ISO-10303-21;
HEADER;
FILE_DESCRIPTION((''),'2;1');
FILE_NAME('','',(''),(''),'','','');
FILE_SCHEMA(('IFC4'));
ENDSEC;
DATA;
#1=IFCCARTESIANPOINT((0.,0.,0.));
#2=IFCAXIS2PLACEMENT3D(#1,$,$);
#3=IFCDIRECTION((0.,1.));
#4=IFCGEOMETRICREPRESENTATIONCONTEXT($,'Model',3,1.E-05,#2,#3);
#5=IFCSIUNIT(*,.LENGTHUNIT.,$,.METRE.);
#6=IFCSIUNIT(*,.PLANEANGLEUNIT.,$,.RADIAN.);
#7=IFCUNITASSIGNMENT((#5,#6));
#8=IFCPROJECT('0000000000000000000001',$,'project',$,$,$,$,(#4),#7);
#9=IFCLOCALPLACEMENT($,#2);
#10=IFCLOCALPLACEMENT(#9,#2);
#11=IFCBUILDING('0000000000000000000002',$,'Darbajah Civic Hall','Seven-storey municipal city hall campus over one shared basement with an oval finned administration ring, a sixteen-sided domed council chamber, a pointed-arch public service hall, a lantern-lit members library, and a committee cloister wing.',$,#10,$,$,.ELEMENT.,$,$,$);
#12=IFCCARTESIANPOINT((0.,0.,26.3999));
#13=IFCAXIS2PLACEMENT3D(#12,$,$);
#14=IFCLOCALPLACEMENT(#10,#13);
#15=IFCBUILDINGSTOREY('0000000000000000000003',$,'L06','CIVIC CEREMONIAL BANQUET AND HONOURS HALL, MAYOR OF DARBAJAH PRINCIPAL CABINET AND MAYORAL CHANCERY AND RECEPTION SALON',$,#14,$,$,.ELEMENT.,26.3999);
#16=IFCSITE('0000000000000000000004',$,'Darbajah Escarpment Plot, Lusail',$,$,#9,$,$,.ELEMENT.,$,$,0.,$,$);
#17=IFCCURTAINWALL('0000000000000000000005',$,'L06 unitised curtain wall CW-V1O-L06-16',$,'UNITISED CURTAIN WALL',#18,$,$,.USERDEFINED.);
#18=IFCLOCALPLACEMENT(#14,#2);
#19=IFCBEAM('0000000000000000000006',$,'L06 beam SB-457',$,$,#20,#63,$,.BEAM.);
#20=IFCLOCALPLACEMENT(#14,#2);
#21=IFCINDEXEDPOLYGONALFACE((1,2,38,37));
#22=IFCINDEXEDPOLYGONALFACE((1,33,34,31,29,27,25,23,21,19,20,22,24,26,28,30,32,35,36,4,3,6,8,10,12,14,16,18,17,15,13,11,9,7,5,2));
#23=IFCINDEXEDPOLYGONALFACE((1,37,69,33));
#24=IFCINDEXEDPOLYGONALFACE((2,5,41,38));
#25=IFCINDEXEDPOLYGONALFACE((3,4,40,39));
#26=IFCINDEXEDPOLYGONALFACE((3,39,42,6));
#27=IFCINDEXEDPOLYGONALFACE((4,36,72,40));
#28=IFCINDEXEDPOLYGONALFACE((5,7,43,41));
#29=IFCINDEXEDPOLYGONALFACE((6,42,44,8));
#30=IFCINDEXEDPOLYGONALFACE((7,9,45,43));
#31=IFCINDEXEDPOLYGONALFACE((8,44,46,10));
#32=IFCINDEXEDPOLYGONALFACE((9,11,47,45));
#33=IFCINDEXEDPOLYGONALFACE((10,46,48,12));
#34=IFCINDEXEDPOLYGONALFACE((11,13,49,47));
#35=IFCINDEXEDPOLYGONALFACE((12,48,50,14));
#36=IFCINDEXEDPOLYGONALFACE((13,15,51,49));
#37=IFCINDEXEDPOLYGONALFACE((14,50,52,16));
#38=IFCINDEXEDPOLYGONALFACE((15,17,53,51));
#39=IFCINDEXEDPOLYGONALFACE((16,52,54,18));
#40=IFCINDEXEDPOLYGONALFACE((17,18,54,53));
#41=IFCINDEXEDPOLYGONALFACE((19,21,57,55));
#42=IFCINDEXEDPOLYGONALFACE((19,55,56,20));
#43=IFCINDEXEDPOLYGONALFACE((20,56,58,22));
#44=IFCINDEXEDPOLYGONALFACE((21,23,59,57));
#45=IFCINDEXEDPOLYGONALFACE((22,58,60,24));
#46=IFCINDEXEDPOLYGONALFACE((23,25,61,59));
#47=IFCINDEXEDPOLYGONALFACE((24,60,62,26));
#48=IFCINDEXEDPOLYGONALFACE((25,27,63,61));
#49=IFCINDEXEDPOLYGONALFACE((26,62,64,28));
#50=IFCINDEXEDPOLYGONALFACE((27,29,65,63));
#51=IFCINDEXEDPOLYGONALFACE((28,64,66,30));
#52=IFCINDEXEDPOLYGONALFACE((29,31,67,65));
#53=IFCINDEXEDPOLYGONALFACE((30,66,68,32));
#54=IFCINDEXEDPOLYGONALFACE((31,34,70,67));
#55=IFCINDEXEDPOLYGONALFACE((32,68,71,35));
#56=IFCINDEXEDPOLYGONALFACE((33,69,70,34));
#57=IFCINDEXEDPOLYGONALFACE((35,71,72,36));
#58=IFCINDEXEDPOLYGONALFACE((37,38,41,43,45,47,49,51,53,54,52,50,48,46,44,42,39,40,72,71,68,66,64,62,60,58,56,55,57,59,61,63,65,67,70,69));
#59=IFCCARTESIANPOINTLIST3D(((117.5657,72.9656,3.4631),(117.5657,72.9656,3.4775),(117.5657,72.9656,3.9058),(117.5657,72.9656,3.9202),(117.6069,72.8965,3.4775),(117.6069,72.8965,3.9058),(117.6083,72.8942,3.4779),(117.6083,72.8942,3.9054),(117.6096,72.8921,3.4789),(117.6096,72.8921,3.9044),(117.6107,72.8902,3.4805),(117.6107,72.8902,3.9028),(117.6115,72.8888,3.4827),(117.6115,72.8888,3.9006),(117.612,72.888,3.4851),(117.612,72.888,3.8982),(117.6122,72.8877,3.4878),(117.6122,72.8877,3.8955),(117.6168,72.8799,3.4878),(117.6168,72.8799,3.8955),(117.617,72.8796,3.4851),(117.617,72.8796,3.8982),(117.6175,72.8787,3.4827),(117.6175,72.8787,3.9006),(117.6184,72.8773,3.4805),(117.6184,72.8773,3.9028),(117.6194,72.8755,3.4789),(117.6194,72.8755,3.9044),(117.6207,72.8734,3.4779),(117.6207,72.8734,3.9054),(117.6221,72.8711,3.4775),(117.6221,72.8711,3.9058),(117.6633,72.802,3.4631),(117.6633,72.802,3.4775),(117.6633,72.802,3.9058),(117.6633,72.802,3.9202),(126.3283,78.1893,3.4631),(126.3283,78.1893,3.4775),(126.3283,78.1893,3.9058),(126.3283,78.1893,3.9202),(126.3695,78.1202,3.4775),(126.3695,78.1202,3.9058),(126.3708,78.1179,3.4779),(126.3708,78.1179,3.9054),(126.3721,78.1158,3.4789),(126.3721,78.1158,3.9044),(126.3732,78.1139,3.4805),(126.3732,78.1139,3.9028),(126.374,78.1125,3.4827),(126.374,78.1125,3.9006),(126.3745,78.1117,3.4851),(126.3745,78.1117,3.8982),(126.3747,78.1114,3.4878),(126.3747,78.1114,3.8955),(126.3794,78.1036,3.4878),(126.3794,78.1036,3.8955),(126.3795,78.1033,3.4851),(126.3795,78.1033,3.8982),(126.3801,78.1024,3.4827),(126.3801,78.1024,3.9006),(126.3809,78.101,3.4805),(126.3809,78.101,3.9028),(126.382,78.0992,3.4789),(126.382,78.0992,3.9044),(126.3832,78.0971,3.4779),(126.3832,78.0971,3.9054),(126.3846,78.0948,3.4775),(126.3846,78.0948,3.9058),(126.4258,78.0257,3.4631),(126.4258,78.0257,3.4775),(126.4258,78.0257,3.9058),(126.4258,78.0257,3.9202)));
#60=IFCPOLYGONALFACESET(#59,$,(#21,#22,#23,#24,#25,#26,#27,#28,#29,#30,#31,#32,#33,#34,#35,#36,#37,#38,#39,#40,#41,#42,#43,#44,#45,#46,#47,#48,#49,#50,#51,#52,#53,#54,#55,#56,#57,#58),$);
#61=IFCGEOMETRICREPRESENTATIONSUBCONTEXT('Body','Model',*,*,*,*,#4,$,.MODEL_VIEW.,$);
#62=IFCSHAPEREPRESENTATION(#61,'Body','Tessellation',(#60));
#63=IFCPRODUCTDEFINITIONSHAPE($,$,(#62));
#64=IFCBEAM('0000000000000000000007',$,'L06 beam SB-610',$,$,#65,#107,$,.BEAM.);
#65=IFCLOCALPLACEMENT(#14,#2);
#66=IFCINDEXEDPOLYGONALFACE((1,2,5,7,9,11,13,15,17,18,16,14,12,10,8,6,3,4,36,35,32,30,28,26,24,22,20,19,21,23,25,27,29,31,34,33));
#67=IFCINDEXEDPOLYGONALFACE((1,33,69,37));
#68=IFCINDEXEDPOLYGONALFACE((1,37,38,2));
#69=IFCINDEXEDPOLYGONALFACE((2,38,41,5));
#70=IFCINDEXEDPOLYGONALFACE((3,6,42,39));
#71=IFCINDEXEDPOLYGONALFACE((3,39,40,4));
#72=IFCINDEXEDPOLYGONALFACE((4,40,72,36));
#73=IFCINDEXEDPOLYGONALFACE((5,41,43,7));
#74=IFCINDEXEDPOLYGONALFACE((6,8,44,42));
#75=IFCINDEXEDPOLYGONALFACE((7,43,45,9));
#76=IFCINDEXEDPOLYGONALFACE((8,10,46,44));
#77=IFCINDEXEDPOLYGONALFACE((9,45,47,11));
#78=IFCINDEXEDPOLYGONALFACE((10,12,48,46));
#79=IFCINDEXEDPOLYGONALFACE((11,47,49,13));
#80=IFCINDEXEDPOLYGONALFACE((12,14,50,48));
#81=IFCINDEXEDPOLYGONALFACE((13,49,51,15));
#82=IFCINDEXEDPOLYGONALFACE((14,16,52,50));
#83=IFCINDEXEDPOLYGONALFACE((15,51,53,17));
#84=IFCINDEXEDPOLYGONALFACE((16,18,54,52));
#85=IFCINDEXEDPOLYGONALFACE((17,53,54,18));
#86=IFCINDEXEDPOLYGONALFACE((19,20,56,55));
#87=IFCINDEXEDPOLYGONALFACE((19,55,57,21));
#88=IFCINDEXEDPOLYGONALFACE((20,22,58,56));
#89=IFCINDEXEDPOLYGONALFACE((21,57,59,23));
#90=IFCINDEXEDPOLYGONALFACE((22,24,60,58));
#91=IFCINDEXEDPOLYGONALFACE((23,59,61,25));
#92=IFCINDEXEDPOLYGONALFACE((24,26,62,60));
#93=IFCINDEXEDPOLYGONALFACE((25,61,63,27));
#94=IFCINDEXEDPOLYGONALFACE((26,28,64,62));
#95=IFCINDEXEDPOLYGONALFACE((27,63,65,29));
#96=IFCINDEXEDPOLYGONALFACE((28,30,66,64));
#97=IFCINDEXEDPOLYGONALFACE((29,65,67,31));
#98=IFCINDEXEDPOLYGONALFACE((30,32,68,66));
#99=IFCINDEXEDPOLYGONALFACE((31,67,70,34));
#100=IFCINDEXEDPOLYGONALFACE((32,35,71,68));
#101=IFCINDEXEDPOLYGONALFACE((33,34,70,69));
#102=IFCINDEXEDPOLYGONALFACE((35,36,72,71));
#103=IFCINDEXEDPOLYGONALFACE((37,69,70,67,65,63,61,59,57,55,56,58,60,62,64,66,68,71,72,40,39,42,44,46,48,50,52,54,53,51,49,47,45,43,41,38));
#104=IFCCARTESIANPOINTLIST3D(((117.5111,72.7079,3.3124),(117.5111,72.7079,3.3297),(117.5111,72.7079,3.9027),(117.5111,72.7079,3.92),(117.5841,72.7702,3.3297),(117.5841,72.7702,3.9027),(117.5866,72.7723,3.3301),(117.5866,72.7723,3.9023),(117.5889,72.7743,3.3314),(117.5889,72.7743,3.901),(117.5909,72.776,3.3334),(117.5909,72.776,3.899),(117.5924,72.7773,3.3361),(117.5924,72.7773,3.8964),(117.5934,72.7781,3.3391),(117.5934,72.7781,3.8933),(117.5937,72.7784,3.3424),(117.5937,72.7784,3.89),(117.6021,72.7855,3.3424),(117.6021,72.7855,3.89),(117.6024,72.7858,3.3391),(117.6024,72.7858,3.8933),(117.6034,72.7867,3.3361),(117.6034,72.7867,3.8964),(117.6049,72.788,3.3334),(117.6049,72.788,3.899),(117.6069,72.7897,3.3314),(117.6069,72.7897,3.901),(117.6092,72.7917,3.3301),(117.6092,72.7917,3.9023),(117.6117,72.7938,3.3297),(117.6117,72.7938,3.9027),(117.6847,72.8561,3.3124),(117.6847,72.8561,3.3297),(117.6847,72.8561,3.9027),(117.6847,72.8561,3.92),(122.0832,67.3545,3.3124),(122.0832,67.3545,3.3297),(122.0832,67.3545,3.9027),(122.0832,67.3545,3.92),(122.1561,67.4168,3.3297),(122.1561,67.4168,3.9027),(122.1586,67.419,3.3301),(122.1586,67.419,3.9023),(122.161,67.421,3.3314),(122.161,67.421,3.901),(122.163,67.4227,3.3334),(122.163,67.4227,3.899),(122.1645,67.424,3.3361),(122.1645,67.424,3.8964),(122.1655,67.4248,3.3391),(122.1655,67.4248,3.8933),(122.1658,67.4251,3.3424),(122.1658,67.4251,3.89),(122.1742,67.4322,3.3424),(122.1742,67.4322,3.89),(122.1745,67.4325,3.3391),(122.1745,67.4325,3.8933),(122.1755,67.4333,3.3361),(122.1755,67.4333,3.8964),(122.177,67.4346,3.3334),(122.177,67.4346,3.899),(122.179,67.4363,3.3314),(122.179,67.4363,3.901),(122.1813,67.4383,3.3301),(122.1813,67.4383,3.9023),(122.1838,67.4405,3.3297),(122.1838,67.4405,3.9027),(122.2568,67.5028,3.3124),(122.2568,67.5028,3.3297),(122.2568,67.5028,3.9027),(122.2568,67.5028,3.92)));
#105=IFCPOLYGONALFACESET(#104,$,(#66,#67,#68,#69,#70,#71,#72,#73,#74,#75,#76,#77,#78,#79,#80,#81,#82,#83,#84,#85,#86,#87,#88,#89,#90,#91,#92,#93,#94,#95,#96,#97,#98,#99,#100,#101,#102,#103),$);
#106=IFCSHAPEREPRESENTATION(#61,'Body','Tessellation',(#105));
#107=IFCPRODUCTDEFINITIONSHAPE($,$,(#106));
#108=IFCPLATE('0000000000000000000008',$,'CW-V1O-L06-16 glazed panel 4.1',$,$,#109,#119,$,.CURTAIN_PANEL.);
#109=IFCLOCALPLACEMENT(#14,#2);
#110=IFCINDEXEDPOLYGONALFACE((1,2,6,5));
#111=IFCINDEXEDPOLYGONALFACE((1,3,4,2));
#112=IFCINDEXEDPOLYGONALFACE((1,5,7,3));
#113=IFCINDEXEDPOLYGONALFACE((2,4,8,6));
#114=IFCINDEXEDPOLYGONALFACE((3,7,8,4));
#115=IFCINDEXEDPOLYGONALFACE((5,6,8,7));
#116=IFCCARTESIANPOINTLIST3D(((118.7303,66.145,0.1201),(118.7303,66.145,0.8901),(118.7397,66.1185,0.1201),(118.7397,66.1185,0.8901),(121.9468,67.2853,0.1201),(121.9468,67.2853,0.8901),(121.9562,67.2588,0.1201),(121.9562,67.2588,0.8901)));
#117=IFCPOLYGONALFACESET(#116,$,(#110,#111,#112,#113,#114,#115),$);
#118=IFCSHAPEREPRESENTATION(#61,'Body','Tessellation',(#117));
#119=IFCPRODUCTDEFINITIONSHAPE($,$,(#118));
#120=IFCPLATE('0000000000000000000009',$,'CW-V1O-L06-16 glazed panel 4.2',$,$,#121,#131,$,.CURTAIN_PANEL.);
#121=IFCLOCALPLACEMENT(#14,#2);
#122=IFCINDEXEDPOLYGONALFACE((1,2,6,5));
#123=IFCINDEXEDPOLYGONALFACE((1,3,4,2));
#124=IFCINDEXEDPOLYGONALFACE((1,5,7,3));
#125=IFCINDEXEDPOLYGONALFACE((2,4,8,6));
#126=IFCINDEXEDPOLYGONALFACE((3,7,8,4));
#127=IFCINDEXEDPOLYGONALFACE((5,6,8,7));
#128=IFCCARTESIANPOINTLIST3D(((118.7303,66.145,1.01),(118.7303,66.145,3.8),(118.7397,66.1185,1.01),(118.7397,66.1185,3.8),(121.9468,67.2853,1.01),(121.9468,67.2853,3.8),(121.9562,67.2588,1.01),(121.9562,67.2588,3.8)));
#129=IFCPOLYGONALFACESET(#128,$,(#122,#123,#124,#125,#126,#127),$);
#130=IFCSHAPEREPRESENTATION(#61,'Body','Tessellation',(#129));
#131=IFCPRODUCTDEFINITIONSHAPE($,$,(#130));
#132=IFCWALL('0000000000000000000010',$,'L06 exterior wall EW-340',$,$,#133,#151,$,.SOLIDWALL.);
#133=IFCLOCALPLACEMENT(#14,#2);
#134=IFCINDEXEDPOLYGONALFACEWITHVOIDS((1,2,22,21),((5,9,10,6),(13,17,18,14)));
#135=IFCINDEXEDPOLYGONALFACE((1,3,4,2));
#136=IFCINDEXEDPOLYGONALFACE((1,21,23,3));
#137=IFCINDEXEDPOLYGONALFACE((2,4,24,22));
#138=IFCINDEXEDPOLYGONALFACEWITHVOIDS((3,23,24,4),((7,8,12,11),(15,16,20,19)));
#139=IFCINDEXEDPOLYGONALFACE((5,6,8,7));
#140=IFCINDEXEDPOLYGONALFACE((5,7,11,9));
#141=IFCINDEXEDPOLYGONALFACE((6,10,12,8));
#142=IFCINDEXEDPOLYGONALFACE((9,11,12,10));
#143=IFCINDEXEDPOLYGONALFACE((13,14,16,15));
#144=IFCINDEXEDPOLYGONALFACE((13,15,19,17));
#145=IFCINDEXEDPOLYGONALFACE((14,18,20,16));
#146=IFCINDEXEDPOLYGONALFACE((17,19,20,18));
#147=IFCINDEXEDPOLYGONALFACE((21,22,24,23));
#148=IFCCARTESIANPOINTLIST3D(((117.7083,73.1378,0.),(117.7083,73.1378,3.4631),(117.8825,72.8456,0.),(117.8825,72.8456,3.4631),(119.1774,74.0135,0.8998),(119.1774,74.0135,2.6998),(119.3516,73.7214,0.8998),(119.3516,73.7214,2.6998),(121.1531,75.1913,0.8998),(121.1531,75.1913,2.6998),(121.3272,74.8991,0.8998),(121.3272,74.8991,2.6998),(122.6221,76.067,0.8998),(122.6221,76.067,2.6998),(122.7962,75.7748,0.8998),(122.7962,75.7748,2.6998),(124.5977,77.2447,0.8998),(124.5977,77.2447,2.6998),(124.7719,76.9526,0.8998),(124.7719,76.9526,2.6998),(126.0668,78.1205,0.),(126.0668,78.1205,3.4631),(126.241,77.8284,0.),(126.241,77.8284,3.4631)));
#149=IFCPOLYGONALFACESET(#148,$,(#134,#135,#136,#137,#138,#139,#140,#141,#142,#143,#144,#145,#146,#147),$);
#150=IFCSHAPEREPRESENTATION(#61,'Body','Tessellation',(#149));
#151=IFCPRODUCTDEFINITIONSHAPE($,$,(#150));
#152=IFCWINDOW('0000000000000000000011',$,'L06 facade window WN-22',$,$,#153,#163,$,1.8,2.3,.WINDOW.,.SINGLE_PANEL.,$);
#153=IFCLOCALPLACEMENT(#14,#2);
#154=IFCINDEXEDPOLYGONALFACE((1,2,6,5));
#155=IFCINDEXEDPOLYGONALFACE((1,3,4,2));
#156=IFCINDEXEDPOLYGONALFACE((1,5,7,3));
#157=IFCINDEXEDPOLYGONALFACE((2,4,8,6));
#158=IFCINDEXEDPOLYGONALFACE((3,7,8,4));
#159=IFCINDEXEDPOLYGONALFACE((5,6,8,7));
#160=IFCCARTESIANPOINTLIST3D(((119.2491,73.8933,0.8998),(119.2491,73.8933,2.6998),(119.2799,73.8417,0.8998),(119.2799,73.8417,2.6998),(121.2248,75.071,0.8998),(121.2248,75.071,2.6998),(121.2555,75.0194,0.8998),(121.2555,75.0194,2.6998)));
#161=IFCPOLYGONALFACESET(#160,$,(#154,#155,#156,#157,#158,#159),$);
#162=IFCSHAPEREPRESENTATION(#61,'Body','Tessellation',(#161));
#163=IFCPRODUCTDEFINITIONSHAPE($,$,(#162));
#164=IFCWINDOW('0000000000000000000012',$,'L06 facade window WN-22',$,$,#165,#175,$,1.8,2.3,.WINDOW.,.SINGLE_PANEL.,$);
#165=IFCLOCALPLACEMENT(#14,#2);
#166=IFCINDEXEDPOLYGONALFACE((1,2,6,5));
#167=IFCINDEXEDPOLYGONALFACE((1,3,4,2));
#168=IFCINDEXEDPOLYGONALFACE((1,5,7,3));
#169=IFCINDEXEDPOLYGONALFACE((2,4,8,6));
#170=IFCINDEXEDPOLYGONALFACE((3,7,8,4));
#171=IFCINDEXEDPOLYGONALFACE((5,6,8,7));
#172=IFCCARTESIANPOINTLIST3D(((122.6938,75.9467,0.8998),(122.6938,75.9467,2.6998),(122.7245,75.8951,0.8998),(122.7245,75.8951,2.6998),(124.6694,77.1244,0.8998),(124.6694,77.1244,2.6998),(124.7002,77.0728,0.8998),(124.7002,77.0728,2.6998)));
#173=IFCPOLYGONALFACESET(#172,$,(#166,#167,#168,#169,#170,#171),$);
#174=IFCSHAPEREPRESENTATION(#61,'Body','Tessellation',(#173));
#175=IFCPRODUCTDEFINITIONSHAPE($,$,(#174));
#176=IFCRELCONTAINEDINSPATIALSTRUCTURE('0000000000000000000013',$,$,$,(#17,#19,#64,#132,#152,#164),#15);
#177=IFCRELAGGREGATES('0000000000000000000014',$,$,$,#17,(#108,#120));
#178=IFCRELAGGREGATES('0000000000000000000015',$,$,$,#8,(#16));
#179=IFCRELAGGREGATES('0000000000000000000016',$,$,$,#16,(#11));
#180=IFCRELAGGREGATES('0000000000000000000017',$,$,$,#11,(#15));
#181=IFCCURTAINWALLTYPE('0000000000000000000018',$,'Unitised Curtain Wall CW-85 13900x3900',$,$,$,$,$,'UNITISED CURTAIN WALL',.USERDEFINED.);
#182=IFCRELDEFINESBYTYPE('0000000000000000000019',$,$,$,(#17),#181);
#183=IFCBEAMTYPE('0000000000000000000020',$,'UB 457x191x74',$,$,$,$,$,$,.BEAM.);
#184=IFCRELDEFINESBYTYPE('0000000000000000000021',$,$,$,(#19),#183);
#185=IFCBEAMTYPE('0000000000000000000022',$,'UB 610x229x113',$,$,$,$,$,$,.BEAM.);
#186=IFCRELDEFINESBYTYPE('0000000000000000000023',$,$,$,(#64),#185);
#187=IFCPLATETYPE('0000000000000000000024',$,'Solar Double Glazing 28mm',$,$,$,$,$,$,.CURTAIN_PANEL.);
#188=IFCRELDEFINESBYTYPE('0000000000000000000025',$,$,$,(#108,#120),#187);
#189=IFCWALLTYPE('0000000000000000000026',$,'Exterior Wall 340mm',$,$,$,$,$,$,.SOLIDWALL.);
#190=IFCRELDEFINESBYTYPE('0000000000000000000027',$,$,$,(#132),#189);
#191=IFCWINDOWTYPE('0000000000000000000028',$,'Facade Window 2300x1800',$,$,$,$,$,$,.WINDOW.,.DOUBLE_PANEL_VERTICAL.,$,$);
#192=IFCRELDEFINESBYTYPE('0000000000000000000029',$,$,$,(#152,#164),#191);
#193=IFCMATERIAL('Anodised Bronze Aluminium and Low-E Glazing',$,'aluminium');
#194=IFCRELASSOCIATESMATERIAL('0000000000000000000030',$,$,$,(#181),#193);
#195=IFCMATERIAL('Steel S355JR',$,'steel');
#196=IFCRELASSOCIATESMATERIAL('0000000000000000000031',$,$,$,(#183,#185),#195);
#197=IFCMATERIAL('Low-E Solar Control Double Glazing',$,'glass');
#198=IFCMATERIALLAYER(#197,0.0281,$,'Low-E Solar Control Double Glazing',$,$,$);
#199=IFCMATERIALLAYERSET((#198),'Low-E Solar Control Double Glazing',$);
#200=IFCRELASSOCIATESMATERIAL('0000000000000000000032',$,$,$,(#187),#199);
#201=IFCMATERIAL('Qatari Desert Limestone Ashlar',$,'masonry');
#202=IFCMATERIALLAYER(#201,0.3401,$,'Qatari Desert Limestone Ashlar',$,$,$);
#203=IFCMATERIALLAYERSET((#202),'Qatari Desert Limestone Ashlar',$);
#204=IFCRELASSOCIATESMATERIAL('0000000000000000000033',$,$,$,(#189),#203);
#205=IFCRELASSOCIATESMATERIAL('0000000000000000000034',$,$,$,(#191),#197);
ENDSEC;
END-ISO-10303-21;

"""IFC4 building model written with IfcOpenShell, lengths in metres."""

from ifc_helpers import new_model, si_unit, direction, frame, frame_2d, origin, origin_2d, place, context, subcontext, project, spatial, rectangle, i_section, extrude, material, layer, layer_set, material_profile, profile_set, type_object, element, fill, aggregate, save


model = new_model("IFC4")

# Units and contexts
model_context = context("Model", 3, precision=1e-05, world=origin(), true_north=direction((0.0, 1.0)))
body_context = subcontext(model_context, "Body", "Model", "MODEL_VIEW")
ifc_project = project(units=[si_unit("LENGTHUNIT", "METRE"), si_unit("PLANEANGLEUNIT", "RADIAN")], contexts=[model_context])

# Site, building, storey
site_placement = place(None, origin())
site = spatial("IfcSite", under=ifc_project, at=site_placement, Name="Darbajah Escarpment Plot, Lusail", CompositionType="ELEMENT", RefElevation=0.0)
building_placement = place(site_placement, origin())
building = spatial("IfcBuilding", under=site, at=building_placement, Name="Darbajah Civic Hall", Description="Seven-storey municipal city hall campus over one shared basement with an oval finned administration ring, a sixteen-sided domed council chamber, a pointed-arch public service hall, a lantern-lit members library, and a committee cloister wing.", CompositionType="ELEMENT")
storey_placement = place(building_placement, frame((0.0, 0.0, 26.3999)))
storey = spatial("IfcBuildingStorey", under=building, at=storey_placement, Name="L06", Description="CIVIC CEREMONIAL BANQUET AND HONOURS HALL, MAYOR OF DARBAJAH PRINCIPAL CABINET AND MAYORAL CHANCERY AND RECEPTION SALON", CompositionType="ELEMENT", Elevation=26.3999)

# Curtain wall
ifc_material_1 = material(Name="Anodised Bronze Aluminium and Low-E Glazing", Category="aluminium")
curtain_wall_type = type_object("IfcCurtainWallType", Name="Unitised Curtain Wall CW-85 13900x3900", ElementType="UNITISED CURTAIN WALL", PredefinedType="USERDEFINED", material=ifc_material_1)
curtain_wall_placement = place(storey_placement, origin())
curtain_wall = element("IfcCurtainWall", 1, at=curtain_wall_placement, inside=storey, type_object=curtain_wall_type, Name="L06 unitised curtain wall CW-V1O-L06-16", ObjectType="UNITISED CURTAIN WALL", PredefinedType="USERDEFINED")

# Beams
ifc_material_2 = material(Name="Steel S355JR", Category="steel")
ifc_material_profile_1 = material_profile(ifc_material_2, i_section(OverallWidth=0.1904, OverallDepth=0.457, WebThickness=0.009, FlangeThickness=0.0144, FilletRadius=0.0103, at=origin_2d()), Name="UB 457x191x74")
ifc_profile_set_1 = profile_set([ifc_material_profile_1], Name="Steel S355JR")
beam_type_1 = type_object("IfcBeamType", Name="UB 457x191x74", PredefinedType="BEAM", material=ifc_profile_set_1)
beam_1_placement = place(storey_placement, frame((117.6145, 72.8838, 3.6917), z_axis=(0.858953, 0.512055, 0.0), x_axis=(-0.512055, 0.858953, 0.0)))
element("IfcBeam", 2, at=beam_1_placement, inside=storey, type_object=beam_type_1, Name="L06 beam SB-457", PredefinedType="BEAM", context=body_context, shape_type="SweptSolid", body=[
    extrude(i_section(OverallWidth=0.1904, OverallDepth=0.457, WebThickness=0.009, FlangeThickness=0.0144, FilletRadius=0.0103, at=origin_2d()), origin(), (0.0, 0.0, 1.0), 10.2014),
])
ifc_material_profile_2 = material_profile(ifc_material_2, i_section(OverallWidth=0.2283, OverallDepth=0.6077, WebThickness=0.011, FlangeThickness=0.0173, FilletRadius=0.0127, at=origin_2d()), Name="UB 610x229x113")
ifc_profile_set_2 = profile_set([ifc_material_profile_2], Name="Steel S355JR")
beam_type_2 = type_object("IfcBeamType", Name="UB 610x229x113", PredefinedType="BEAM", material=ifc_profile_set_2)
beam_2_placement = place(storey_placement, frame((117.5979, 72.782, 3.6162), z_axis=(0.649439, -0.760413, 0.0), x_axis=(0.760413, 0.649439, 0.0)))
element("IfcBeam", 3, at=beam_2_placement, inside=storey, type_object=beam_type_2, Name="L06 beam SB-610", PredefinedType="BEAM", context=body_context, shape_type="SweptSolid", body=[
    extrude(i_section(OverallWidth=0.2283, OverallDepth=0.6077, WebThickness=0.011, FlangeThickness=0.0173, FilletRadius=0.0127, at=origin_2d()), origin(), (0.0, 0.0, 1.0), 7.04),
])

# Plates
ifc_material_3 = material(Name="Low-E Solar Control Double Glazing", Category="glass")
ifc_layer_1 = layer(ifc_material_3, 0.0281, Name="Low-E Solar Control Double Glazing")
ifc_layer_set_1 = layer_set([ifc_layer_1], Name="Low-E Solar Control Double Glazing")
plate_type = type_object("IfcPlateType", Name="Solar Double Glazing 28mm", PredefinedType="CURTAIN_PANEL", material=ifc_layer_set_1)
plate_1_placement = place(storey_placement, frame((120.3433, 66.7019, 0.1201), z_axis=(0.0, 0.0, 1.0), x_axis=(0.942525, 0.334136, 0.0)))
plate_1 = element("IfcPlate", 4, at=plate_1_placement, type_object=plate_type, Name="CW-V1O-L06-16 glazed panel 4.1", PredefinedType="CURTAIN_PANEL", context=body_context, shape_type="SweptSolid", body=[
    extrude(rectangle(XDim=3.4126, YDim=0.0281, at=origin_2d()), origin(), (0.0, 0.0, 1.0), 0.77),
])
plate_2_placement = place(storey_placement, frame((120.3433, 66.7019, 1.01), z_axis=(0.0, 0.0, 1.0), x_axis=(0.942525, 0.334136, 0.0)))
plate_2 = element("IfcPlate", 5, at=plate_2_placement, type_object=plate_type, Name="CW-V1O-L06-16 glazed panel 4.2", PredefinedType="CURTAIN_PANEL", context=body_context, shape_type="SweptSolid", body=[
    extrude(rectangle(XDim=3.4126, YDim=0.0281, at=origin_2d()), origin(), (0.0, 0.0, 1.0), 2.79),
])
aggregate(curtain_wall, [plate_1, plate_2])

# Wall, openings, windows
ifc_material_4 = material(Name="Qatari Desert Limestone Ashlar", Category="masonry")
ifc_layer_2 = layer(ifc_material_4, 0.3401, Name="Qatari Desert Limestone Ashlar")
ifc_layer_set_2 = layer_set([ifc_layer_2], Name="Qatari Desert Limestone Ashlar")
wall_type_1 = type_object("IfcWallType", Name="Exterior Wall 340mm", PredefinedType="SOLIDWALL", material=ifc_layer_set_2)
wall_1_placement = place(storey_placement, frame((117.7954, 72.9917, 0.0), z_axis=(0.0, 0.0, 1.0), x_axis=(0.858957, 0.512047, 0.0)))
wall_1 = element("IfcWall", 6, at=wall_1_placement, inside=storey, type_object=wall_type_1, Name="L06 exterior wall EW-340", PredefinedType="SOLIDWALL", context=body_context, shape_type="SweptSolid", body=[
    extrude(rectangle(XDim=9.731, YDim=0.3401, at=frame_2d((4.8655, 0.0))), origin(), (0.0, 0.0, 1.0), 3.4631),
])
opening_1_placement = place(wall_1_placement, frame((1.7104, 0.0, 0.8999)))
opening_1 = element("IfcOpeningElement", 7, at=opening_1_placement, cuts=wall_1, PredefinedType="OPENING", context=body_context, shape_type="SweptSolid", body=[
    extrude(rectangle(XDim=2.3, YDim=1.8, at=frame_2d((1.1499, 0.8999))), frame((0.0, 0.1799, 0.0), z_axis=(0.0, -1.0, 0.0), x_axis=(1.0, 0.0, 0.0)), (0.0, 0.0, 1.0), 0.3601),
])
opening_2_placement = place(wall_1_placement, frame((5.7207, 0.0, 0.8999)))
opening_2 = element("IfcOpeningElement", 8, at=opening_2_placement, cuts=wall_1, PredefinedType="OPENING", context=body_context, shape_type="SweptSolid", body=[
    extrude(rectangle(XDim=2.3, YDim=1.8, at=frame_2d((1.1499, 0.8999))), frame((0.0, 0.1799, 0.0), z_axis=(0.0, -1.0, 0.0), x_axis=(1.0, 0.0, 0.0)), (0.0, 0.0, 1.0), 0.3601),
])
window_type_1 = type_object("IfcWindowType", Name="Facade Window 2300x1800", PartitioningType="DOUBLE_PANEL_VERTICAL", PredefinedType="WINDOW", material=ifc_material_3)
window_1_placement = place(opening_1_placement, origin())
window_1 = element("IfcWindow", 9, at=window_1_placement, inside=storey, type_object=window_type_1, Name="L06 facade window WN-22", OverallHeight=1.8, OverallWidth=2.3, PartitioningType="SINGLE_PANEL", PredefinedType="WINDOW", context=body_context, shape_type="SweptSolid", body=[
    extrude(rectangle(XDim=2.3, YDim=1.8, at=frame_2d((1.1499, 0.8999))), frame((0.0, 0.03, 0.0), z_axis=(0.0, -1.0, 0.0), x_axis=(1.0, 0.0, 0.0)), (0.0, 0.0, 1.0), 0.0601),
])
fill(opening_1, window_1)
window_2_placement = place(opening_2_placement, origin())
window_2 = element("IfcWindow", 10, at=window_2_placement, inside=storey, type_object=window_type_1, Name="L06 facade window WN-22", OverallHeight=1.8, OverallWidth=2.3, PartitioningType="SINGLE_PANEL", PredefinedType="WINDOW", context=body_context, shape_type="SweptSolid", body=[
    extrude(rectangle(XDim=2.3, YDim=1.8, at=frame_2d((1.1499, 0.8999))), frame((0.0, 0.03, 0.0), z_axis=(0.0, -1.0, 0.0), x_axis=(1.0, 0.0, 0.0)), (0.0, 0.0, 1.0), 0.0601),
])
fill(opening_2, window_2)

save(model, "model.ifc")
